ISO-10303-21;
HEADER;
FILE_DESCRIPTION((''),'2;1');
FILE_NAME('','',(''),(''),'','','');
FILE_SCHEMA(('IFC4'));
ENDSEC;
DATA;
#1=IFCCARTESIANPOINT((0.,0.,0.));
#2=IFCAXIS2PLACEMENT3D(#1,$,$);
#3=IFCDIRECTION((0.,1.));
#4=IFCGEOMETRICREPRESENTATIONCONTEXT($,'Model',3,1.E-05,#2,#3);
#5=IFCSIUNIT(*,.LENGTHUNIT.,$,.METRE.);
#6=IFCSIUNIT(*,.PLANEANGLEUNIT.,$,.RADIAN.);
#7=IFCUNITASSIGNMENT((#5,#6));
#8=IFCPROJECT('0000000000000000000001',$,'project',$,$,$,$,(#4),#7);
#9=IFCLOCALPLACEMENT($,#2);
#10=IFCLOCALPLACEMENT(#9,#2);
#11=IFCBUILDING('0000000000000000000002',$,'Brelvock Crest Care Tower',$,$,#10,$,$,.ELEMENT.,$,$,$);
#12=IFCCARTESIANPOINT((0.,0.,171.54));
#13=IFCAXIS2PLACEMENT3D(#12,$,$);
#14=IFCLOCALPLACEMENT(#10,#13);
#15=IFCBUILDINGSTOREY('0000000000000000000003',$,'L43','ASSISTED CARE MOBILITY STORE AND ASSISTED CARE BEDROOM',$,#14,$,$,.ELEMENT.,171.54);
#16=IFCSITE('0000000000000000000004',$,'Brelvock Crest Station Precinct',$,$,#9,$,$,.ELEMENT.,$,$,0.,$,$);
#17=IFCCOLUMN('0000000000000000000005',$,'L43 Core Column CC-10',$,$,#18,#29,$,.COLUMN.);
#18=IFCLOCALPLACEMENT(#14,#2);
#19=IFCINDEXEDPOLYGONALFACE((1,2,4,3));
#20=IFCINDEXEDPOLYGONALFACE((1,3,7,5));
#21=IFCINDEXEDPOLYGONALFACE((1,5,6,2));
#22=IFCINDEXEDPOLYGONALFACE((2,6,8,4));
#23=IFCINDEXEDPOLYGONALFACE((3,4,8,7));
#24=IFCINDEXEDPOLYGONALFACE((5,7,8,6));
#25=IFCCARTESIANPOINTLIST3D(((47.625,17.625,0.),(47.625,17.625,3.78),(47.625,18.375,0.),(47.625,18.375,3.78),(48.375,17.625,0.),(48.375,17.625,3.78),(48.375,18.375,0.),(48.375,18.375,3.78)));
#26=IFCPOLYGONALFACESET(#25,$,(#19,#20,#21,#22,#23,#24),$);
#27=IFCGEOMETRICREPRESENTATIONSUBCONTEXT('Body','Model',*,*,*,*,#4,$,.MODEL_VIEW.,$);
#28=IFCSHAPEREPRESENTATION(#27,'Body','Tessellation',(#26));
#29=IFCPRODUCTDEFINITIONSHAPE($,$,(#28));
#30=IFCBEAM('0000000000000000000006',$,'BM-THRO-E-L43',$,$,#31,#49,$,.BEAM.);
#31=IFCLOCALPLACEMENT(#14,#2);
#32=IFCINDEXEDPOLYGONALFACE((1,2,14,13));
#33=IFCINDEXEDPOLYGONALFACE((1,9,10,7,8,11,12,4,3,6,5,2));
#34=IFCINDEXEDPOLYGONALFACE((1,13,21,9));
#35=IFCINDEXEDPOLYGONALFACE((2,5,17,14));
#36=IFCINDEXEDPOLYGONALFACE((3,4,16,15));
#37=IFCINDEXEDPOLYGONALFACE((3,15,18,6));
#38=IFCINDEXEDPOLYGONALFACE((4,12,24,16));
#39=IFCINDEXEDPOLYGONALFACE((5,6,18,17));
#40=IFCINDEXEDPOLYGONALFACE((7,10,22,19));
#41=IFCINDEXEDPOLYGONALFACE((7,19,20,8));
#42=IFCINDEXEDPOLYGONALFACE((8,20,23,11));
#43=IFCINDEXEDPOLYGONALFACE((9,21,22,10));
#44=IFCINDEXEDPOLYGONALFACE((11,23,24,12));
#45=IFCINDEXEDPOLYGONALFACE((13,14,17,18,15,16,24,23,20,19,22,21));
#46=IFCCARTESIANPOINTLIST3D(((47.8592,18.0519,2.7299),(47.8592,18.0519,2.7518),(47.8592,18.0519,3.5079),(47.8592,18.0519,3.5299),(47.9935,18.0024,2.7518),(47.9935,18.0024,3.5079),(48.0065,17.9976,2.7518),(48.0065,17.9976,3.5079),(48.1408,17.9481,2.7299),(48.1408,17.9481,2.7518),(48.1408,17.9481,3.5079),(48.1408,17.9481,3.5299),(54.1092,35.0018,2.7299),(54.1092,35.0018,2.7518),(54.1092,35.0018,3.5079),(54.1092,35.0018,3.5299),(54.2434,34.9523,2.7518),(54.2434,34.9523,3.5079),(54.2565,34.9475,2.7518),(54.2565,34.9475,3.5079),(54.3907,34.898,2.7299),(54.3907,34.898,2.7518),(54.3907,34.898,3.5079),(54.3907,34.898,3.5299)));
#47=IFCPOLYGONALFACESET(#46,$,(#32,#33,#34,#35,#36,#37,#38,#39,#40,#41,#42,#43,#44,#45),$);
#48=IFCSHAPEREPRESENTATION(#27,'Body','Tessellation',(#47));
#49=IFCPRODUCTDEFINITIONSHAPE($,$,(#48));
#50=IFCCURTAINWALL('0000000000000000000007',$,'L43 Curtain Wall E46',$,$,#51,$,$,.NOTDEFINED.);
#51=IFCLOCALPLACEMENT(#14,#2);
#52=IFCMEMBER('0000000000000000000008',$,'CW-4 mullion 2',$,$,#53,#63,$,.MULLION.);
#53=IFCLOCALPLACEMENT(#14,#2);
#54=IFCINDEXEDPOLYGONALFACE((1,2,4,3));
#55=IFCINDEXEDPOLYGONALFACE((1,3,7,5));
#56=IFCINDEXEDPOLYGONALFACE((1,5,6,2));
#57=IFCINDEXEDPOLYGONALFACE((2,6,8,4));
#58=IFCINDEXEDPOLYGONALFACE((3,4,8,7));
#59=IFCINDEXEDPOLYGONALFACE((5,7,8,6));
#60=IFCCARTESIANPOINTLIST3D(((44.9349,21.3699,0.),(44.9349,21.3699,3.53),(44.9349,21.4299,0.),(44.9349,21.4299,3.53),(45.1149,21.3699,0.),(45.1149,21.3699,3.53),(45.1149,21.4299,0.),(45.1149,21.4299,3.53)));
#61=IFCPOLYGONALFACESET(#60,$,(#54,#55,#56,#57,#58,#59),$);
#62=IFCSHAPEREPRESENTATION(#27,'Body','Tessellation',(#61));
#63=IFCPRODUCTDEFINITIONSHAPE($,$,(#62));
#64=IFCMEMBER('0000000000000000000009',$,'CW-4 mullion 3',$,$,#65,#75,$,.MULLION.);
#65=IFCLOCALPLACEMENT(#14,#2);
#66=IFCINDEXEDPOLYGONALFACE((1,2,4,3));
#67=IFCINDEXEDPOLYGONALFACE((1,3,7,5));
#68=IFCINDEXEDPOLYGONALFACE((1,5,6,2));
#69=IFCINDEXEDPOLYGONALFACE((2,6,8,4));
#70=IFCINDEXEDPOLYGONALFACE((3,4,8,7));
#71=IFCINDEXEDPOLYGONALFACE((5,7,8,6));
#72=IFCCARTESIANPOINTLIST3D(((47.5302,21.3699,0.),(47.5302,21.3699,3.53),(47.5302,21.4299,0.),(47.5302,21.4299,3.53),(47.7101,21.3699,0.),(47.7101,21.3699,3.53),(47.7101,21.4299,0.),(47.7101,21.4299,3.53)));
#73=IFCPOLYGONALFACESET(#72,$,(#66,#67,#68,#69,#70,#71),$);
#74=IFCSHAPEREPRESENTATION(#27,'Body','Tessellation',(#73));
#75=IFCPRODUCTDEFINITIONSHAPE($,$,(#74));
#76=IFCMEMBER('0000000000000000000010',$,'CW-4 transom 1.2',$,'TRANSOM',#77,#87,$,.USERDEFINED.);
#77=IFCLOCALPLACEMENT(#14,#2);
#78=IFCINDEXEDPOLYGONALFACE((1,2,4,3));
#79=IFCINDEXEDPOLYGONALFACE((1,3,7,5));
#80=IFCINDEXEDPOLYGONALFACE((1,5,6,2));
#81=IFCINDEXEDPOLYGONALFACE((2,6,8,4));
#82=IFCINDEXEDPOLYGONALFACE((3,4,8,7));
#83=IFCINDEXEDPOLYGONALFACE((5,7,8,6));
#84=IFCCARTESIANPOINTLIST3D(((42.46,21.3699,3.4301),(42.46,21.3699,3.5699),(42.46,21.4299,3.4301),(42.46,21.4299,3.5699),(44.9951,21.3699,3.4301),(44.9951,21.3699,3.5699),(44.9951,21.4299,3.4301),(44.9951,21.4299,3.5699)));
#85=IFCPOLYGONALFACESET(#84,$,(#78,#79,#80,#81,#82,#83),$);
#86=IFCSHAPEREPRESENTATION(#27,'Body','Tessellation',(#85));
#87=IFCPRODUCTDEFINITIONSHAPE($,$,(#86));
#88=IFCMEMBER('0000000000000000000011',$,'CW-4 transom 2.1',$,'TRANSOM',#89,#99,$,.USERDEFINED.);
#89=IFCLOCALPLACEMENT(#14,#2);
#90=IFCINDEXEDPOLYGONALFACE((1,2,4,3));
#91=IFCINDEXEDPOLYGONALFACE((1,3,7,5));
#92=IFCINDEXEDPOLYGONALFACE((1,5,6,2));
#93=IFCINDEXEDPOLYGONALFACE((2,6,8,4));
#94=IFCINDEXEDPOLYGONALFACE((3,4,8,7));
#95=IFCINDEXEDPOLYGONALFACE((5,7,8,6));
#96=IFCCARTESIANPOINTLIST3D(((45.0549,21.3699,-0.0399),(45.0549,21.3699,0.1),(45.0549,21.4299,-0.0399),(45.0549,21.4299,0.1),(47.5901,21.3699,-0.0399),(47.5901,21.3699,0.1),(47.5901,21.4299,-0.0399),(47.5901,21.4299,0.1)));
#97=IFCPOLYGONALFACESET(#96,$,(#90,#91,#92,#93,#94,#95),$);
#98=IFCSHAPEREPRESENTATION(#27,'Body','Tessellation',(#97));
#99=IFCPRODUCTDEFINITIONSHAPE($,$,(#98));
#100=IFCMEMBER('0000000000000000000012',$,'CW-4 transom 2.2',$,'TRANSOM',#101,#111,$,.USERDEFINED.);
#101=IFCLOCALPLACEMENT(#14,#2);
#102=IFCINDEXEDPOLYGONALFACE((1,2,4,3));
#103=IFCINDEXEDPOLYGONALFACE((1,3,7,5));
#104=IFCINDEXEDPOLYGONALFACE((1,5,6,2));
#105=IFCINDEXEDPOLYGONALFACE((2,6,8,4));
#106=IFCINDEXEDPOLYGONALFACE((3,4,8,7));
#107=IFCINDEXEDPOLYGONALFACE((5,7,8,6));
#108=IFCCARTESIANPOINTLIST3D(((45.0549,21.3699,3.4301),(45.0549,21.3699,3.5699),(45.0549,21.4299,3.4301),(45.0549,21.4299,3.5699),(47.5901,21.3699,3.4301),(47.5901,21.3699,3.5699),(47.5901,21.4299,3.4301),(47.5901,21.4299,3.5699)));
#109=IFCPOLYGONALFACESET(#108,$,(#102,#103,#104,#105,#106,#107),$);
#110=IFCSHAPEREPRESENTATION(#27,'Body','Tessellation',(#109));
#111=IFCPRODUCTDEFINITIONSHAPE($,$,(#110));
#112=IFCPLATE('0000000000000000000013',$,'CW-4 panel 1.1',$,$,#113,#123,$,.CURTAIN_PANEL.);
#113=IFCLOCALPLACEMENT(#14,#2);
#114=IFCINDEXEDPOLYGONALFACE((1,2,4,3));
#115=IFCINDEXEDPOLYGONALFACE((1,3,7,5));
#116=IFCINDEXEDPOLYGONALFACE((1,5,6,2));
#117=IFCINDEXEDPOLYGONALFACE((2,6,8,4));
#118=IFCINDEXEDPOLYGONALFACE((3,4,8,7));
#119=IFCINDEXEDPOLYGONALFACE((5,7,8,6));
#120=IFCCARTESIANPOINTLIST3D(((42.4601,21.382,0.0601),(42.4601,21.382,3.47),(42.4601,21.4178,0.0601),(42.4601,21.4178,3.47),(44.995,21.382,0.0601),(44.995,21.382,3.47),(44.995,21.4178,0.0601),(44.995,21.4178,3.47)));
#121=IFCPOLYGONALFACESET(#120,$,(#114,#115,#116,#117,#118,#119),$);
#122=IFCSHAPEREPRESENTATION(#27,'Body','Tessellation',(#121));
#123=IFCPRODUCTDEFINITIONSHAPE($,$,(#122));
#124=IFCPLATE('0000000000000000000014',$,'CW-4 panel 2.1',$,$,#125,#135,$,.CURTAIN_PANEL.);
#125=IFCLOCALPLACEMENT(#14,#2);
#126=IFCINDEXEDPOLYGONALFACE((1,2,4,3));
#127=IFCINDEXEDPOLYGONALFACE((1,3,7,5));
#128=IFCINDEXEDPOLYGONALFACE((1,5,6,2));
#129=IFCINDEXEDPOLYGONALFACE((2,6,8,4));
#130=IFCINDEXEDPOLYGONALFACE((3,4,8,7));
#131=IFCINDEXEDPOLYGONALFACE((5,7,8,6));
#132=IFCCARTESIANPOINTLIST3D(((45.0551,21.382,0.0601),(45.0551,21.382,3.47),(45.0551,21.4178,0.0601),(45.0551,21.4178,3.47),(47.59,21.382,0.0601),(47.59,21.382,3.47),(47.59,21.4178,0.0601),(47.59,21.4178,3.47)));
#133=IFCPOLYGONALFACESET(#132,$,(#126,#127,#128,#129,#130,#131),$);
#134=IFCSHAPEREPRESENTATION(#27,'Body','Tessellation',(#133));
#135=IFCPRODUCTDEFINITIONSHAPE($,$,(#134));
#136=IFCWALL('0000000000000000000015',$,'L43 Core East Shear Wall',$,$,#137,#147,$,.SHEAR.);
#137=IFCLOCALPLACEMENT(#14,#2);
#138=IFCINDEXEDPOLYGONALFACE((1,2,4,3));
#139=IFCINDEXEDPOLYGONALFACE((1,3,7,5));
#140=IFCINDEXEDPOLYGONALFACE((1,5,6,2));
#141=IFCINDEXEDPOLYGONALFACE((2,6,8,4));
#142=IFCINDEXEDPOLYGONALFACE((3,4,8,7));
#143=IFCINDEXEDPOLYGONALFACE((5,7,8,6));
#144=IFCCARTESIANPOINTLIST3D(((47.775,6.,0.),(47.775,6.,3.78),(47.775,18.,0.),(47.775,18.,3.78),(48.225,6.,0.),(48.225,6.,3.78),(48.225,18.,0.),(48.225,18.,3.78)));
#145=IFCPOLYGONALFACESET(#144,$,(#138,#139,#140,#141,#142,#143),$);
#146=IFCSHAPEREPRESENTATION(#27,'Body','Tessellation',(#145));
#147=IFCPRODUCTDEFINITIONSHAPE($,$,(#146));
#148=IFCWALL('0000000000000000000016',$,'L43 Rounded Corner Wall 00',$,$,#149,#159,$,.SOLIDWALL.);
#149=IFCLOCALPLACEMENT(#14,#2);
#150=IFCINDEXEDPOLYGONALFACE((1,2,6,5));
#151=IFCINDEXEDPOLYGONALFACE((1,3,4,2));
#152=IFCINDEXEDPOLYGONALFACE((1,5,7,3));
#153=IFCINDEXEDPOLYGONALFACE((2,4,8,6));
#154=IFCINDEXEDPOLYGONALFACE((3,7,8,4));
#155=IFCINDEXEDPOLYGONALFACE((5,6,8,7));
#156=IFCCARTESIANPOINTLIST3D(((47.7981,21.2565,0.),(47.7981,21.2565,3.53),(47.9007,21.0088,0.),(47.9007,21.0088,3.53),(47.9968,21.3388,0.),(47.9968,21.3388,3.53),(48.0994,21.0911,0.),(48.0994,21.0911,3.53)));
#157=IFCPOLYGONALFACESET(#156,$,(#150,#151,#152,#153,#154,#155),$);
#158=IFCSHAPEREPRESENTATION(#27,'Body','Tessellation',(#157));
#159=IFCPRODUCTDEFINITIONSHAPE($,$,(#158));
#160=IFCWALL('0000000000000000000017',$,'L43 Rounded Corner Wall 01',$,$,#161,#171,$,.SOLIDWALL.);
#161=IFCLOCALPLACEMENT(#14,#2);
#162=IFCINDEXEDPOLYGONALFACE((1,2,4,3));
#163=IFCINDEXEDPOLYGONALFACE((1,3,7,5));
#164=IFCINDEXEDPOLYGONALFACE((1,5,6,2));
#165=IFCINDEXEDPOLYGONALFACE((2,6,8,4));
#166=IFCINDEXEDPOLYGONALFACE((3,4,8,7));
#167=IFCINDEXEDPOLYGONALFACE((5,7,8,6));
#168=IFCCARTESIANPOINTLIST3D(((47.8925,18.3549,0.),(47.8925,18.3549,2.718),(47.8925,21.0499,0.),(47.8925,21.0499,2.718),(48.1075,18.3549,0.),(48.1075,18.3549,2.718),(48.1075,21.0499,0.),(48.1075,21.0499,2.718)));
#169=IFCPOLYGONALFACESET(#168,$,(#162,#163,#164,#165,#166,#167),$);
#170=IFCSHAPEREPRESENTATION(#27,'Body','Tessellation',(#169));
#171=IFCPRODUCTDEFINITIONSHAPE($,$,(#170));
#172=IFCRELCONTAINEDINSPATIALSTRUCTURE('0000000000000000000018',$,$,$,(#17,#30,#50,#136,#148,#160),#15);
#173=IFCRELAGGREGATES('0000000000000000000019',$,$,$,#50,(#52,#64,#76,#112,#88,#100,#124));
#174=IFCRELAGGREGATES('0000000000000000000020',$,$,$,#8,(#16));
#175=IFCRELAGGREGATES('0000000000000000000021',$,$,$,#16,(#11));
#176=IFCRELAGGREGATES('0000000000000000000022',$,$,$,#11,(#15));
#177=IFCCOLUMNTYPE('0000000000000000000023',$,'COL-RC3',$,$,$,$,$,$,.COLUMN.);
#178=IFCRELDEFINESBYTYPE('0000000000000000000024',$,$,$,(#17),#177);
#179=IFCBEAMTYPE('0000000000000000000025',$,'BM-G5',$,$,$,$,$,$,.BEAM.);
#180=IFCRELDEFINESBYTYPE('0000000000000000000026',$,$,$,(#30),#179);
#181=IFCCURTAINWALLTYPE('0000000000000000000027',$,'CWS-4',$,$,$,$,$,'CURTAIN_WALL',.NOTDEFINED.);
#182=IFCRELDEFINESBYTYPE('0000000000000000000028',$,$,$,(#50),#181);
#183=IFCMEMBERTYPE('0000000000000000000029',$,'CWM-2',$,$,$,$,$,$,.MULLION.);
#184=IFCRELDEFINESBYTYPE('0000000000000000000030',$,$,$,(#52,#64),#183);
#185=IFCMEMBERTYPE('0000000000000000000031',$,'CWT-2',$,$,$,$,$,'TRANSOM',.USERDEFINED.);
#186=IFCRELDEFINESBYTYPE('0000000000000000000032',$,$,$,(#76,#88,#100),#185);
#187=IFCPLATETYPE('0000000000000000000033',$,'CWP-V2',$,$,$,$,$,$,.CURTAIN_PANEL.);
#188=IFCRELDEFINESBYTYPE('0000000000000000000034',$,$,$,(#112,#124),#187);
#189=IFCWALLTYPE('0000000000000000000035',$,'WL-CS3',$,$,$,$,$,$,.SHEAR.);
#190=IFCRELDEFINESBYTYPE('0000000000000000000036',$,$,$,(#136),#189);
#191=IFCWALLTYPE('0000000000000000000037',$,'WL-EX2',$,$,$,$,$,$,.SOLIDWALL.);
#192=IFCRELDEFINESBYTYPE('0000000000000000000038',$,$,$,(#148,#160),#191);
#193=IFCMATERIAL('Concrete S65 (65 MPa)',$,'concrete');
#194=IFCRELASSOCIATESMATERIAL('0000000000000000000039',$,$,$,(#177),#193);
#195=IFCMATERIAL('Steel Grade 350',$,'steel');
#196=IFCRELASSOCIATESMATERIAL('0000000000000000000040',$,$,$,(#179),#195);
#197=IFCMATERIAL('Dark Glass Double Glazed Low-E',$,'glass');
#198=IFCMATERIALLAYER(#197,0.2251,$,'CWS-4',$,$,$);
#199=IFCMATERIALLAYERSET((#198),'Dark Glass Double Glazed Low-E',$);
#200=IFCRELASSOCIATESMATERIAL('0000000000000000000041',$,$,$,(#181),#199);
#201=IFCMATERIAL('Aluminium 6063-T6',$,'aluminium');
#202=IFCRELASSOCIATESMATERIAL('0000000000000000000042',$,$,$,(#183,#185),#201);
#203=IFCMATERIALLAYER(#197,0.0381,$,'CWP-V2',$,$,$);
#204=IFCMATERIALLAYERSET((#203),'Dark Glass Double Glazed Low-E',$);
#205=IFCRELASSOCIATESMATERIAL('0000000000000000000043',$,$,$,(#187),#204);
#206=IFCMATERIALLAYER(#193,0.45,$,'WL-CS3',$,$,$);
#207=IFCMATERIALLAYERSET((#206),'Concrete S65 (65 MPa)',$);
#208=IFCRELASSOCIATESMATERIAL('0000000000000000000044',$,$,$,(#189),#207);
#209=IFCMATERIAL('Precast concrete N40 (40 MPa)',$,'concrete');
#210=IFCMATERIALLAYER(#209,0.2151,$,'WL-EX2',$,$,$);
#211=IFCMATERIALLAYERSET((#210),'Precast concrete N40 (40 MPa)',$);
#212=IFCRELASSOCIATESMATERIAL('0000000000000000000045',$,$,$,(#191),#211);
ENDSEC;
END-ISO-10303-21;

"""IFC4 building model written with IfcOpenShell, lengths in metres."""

from ifc_helpers import new_model, si_unit, direction, frame, frame_2d, origin, origin_2d, place, context, subcontext, project, spatial, rectangle, i_section, extrude, source, transform, mapped, material, layer, layer_set, material_profile, profile_set, type_object, element, aggregate, save


model = new_model("IFC4")

# Units and contexts
model_context = context("Model", 3, precision=1e-05, world=origin(), true_north=direction((0.0, 1.0)))
body_context = subcontext(model_context, "Body", "Model", "MODEL_VIEW")
ifc_project = project(units=[si_unit("LENGTHUNIT", "METRE"), si_unit("PLANEANGLEUNIT", "RADIAN")], contexts=[model_context])

# Site, building, storey
site_placement = place(None, origin())
site = spatial("IfcSite", under=ifc_project, at=site_placement, Name="Brelvock Crest Station Precinct", CompositionType="ELEMENT", RefElevation=0.0)
building_placement = place(site_placement, origin())
building = spatial("IfcBuilding", under=site, at=building_placement, Name="Brelvock Crest Care Tower", CompositionType="ELEMENT")
storey_placement = place(building_placement, frame((0.0, 0.0, 171.54)))
storey = spatial("IfcBuildingStorey", under=building, at=storey_placement, Name="L43", Description="ASSISTED CARE MOBILITY STORE AND ASSISTED CARE BEDROOM", CompositionType="ELEMENT", Elevation=171.54)

# Column
ifc_material_1 = material(Name="Concrete S65 (65 MPa)", Category="concrete")
ifc_material_profile_1 = material_profile(ifc_material_1, rectangle(XDim=0.75, YDim=0.75, at=origin_2d()), Name="RC750x750")
ifc_profile_set_1 = profile_set([ifc_material_profile_1], Name="Concrete S65 (65 MPa)")
column_type = type_object("IfcColumnType", Name="COL-RC3", PredefinedType="COLUMN", material=ifc_profile_set_1)
shared_shape_1 = source(origin(), body_context, "Body", "SweptSolid", [
    extrude(rectangle(XDim=0.75, YDim=0.75, at=origin_2d()), origin(), (0.0, 0.0, 1.0), 3.78),
])
column_placement = place(storey_placement, frame((48.0, 18.0, 0.0), z_axis=(0.0, 0.0, 1.0), x_axis=(1.0, 0.0, 0.0)))
element("IfcColumn", 1, at=column_placement, inside=storey, type_object=column_type, Name="L43 Core Column CC-10", PredefinedType="COLUMN", context=body_context, shape_type="MappedRepresentation", body=[
    mapped(shared_shape_1, transform((0.0, 0.0, 0.0), x_axis=(1.0, 0.0, 0.0), y_axis=(0.0, 1.0, 0.0), z_axis=(0.0, 0.0, 1.0), scale=1.0)),
])

# Beam
ifc_material_2 = material(Name="Steel Grade 350", Category="steel")
ifc_material_profile_2 = material_profile(ifc_material_2, i_section(OverallWidth=0.3, OverallDepth=0.8, WebThickness=0.0139, FlangeThickness=0.022, at=origin_2d()), Name="800WB192")
ifc_profile_set_2 = profile_set([ifc_material_profile_2], Name="Steel Grade 350")
beam_type = type_object("IfcBeamType", Name="BM-G5", PredefinedType="BEAM", material=ifc_profile_set_2)
shared_shape_2 = source(origin(), body_context, "Body", "SweptSolid", [
    extrude(i_section(OverallWidth=0.3, OverallDepth=0.8, WebThickness=0.0139, FlangeThickness=0.022, at=origin_2d()), origin(), (0.0, 0.0, 1.0), 18.0654),
])
beam_placement = place(storey_placement, frame((48.0, 18.0, 3.1299), z_axis=(0.345963, 0.938248, 0.0), x_axis=(-0.938248, 0.345963, 0.0)))
element("IfcBeam", 2, at=beam_placement, inside=storey, type_object=beam_type, Name="BM-THRO-E-L43", PredefinedType="BEAM", context=body_context, shape_type="MappedRepresentation", body=[
    mapped(shared_shape_2, transform((0.0, 0.0, 0.0), x_axis=(1.0, 0.0, 0.0), y_axis=(0.0, 1.0, 0.0), z_axis=(0.0, 0.0, 1.0), scale=1.0)),
])

# Curtain wall, members, plates
ifc_material_3 = material(Name="Dark Glass Double Glazed Low-E", Category="glass")
ifc_layer_1 = layer(ifc_material_3, 0.2251, Name="CWS-4")
ifc_layer_set_1 = layer_set([ifc_layer_1], Name="Dark Glass Double Glazed Low-E")
curtain_wall_type = type_object("IfcCurtainWallType", Name="CWS-4", ElementType="CURTAIN_WALL", PredefinedType="NOTDEFINED", material=ifc_layer_set_1)
curtain_wall_placement = place(storey_placement, origin())
curtain_wall = element("IfcCurtainWall", 3, at=curtain_wall_placement, inside=storey, type_object=curtain_wall_type, Name="L43 Curtain Wall E46", PredefinedType="NOTDEFINED")
ifc_material_4 = material(Name="Aluminium 6063-T6", Category="aluminium")
ifc_material_profile_3 = material_profile(ifc_material_4, rectangle(XDim=0.0601, YDim=0.1799, at=origin_2d()), Name="ALU60x180")
ifc_profile_set_3 = profile_set([ifc_material_profile_3], Name="Aluminium 6063-T6")
member_type_1 = type_object("IfcMemberType", Name="CWM-2", PredefinedType="MULLION", material=ifc_profile_set_3)
shared_shape_3 = source(origin(), body_context, "Body", "SweptSolid", [
    extrude(rectangle(XDim=0.0601, YDim=0.1799, at=origin_2d()), origin(), (0.0, 0.0, 1.0), 3.53),
])
member_1_placement = place(storey_placement, frame((45.0249, 21.3999, 0.0), z_axis=(0.0, 0.0, 1.0), x_axis=(0.0, 1.0, 0.0)))
member_1 = element("IfcMember", 4, at=member_1_placement, type_object=member_type_1, Name="CW-4 mullion 2", PredefinedType="MULLION", context=body_context, shape_type="MappedRepresentation", body=[
    mapped(shared_shape_3, transform((0.0, 0.0, 0.0), x_axis=(1.0, 0.0, 0.0), y_axis=(0.0, 1.0, 0.0), z_axis=(0.0, 0.0, 1.0), scale=1.0)),
])
member_2_placement = place(storey_placement, frame((47.6201, 21.3999, 0.0), z_axis=(0.0, 0.0, 1.0), x_axis=(0.0, 1.0, 0.0)))
member_2 = element("IfcMember", 5, at=member_2_placement, type_object=member_type_1, Name="CW-4 mullion 3", PredefinedType="MULLION", context=body_context, shape_type="MappedRepresentation", body=[
    mapped(shared_shape_3, transform((0.0, 0.0, 0.0), x_axis=(1.0, 0.0, 0.0), y_axis=(0.0, 1.0, 0.0), z_axis=(0.0, 0.0, 1.0), scale=1.0)),
])
ifc_material_profile_4 = material_profile(ifc_material_4, rectangle(XDim=0.0601, YDim=0.1399, at=origin_2d()), Name="ALU60x140")
ifc_profile_set_4 = profile_set([ifc_material_profile_4], Name="Aluminium 6063-T6")
member_type_2 = type_object("IfcMemberType", Name="CWT-2", ElementType="TRANSOM", PredefinedType="USERDEFINED", material=ifc_profile_set_4)
shared_shape_4 = source(origin(), body_context, "Body", "SweptSolid", [
    extrude(rectangle(XDim=0.0601, YDim=0.1399, at=origin_2d()), origin(), (0.0, 0.0, 1.0), 2.5352),
])
member_3_placement = place(storey_placement, frame((42.46, 21.3999, 3.5), z_axis=(1.0, 0.0, 0.0), x_axis=(0.0, 1.0, 0.0)))
member_3 = element("IfcMember", 6, at=member_3_placement, type_object=member_type_2, Name="CW-4 transom 1.2", ObjectType="TRANSOM", PredefinedType="USERDEFINED", context=body_context, shape_type="MappedRepresentation", body=[
    mapped(shared_shape_4, transform((0.0, 0.0, 0.0), x_axis=(1.0, 0.0, 0.0), y_axis=(0.0, 1.0, 0.0), z_axis=(0.0, 0.0, 1.0), scale=1.0)),
])
member_4_placement = place(storey_placement, frame((45.0549, 21.3999, 0.03), z_axis=(1.0, 0.0, 0.0), x_axis=(0.0, 1.0, 0.0)))
member_4 = element("IfcMember", 7, at=member_4_placement, type_object=member_type_2, Name="CW-4 transom 2.1", ObjectType="TRANSOM", PredefinedType="USERDEFINED", context=body_context, shape_type="MappedRepresentation", body=[
    mapped(shared_shape_4, transform((0.0, 0.0, 0.0), x_axis=(1.0, 0.0, 0.0), y_axis=(0.0, 1.0, 0.0), z_axis=(0.0, 0.0, 1.0), scale=1.0)),
])
member_5_placement = place(storey_placement, frame((45.0549, 21.3999, 3.5), z_axis=(1.0, 0.0, 0.0), x_axis=(0.0, 1.0, 0.0)))
member_5 = element("IfcMember", 8, at=member_5_placement, type_object=member_type_2, Name="CW-4 transom 2.2", ObjectType="TRANSOM", PredefinedType="USERDEFINED", context=body_context, shape_type="MappedRepresentation", body=[
    mapped(shared_shape_4, transform((0.0, 0.0, 0.0), x_axis=(1.0, 0.0, 0.0), y_axis=(0.0, 1.0, 0.0), z_axis=(0.0, 0.0, 1.0), scale=1.0)),
])
ifc_layer_2 = layer(ifc_material_3, 0.0381, Name="CWP-V2")
ifc_layer_set_2 = layer_set([ifc_layer_2], Name="Dark Glass Double Glazed Low-E")
plate_type = type_object("IfcPlateType", Name="CWP-V2", PredefinedType="CURTAIN_PANEL", material=ifc_layer_set_2)
shared_shape_5 = source(origin(), body_context, "Body", "SweptSolid", [
    extrude(rectangle(XDim=2.5349, YDim=0.0359, at=origin_2d()), origin(), (0.0, 0.0, 1.0), 3.4099),
])
plate_1_placement = place(storey_placement, frame((43.7275, 21.3999, 0.0601), z_axis=(0.0, 0.0, 1.0), x_axis=(1.0, 0.0, 0.0)))
plate_1 = element("IfcPlate", 9, at=plate_1_placement, type_object=plate_type, Name="CW-4 panel 1.1", PredefinedType="CURTAIN_PANEL", context=body_context, shape_type="MappedRepresentation", body=[
    mapped(shared_shape_5, transform((0.0, 0.0, 0.0), x_axis=(1.0, 0.0, 0.0), y_axis=(0.0, 1.0, 0.0), z_axis=(0.0, 0.0, 1.0), scale=1.0)),
])
plate_2_placement = place(storey_placement, frame((46.3225, 21.3999, 0.0601), z_axis=(0.0, 0.0, 1.0), x_axis=(1.0, 0.0, 0.0)))
plate_2 = element("IfcPlate", 10, at=plate_2_placement, type_object=plate_type, Name="CW-4 panel 2.1", PredefinedType="CURTAIN_PANEL", context=body_context, shape_type="MappedRepresentation", body=[
    mapped(shared_shape_5, transform((0.0, 0.0, 0.0), x_axis=(1.0, 0.0, 0.0), y_axis=(0.0, 1.0, 0.0), z_axis=(0.0, 0.0, 1.0), scale=1.0)),
])
aggregate(curtain_wall, [member_1, member_2, member_3, plate_1, member_4, member_5, plate_2])

# Walls
ifc_layer_3 = layer(ifc_material_1, 0.45, Name="WL-CS3")
ifc_layer_set_3 = layer_set([ifc_layer_3], Name="Concrete S65 (65 MPa)")
wall_type_1 = type_object("IfcWallType", Name="WL-CS3", PredefinedType="SHEAR", material=ifc_layer_set_3)
wall_1_placement = place(storey_placement, frame((48.0, 18.0, 0.0), z_axis=(0.0, 0.0, 1.0), x_axis=(0.0, -1.0, 0.0)))
element("IfcWall", 11, at=wall_1_placement, inside=storey, type_object=wall_type_1, Name="L43 Core East Shear Wall", PredefinedType="SHEAR", context=body_context, shape_type="SweptSolid", body=[
    extrude(rectangle(XDim=12.0, YDim=0.45, at=frame_2d((6.0, 0.0))), origin(), (0.0, 0.0, 1.0), 3.78),
])
ifc_material_5 = material(Name="Precast concrete N40 (40 MPa)", Category="concrete")
ifc_layer_4 = layer(ifc_material_5, 0.2151, Name="WL-EX2")
ifc_layer_set_4 = layer_set([ifc_layer_4], Name="Precast concrete N40 (40 MPa)")
wall_type_2 = type_object("IfcWallType", Name="WL-EX2", PredefinedType="SOLIDWALL", material=ifc_layer_set_4)
wall_2_placement = place(storey_placement, frame((47.8975, 21.2976, 0.0), z_axis=(0.0, 0.0, 1.0), x_axis=(0.382674, -0.923884, 0.0)))
element("IfcWall", 12, at=wall_2_placement, inside=storey, type_object=wall_type_2, Name="L43 Rounded Corner Wall 00", PredefinedType="SOLIDWALL", context=body_context, shape_type="SweptSolid", body=[
    extrude(rectangle(XDim=0.2681, YDim=0.2151, at=frame_2d((0.134, 0.0))), origin(), (0.0, 0.0, 1.0), 3.53),
])
wall_3_placement = place(storey_placement, frame((48.0, 21.05, 0.0), z_axis=(0.0, 0.0, 1.0), x_axis=(0.0, -1.0, 0.0)))
element("IfcWall", 13, at=wall_3_placement, inside=storey, type_object=wall_type_2, Name="L43 Rounded Corner Wall 01", PredefinedType="SOLIDWALL", context=body_context, shape_type="SweptSolid", body=[
    extrude(rectangle(XDim=2.6951, YDim=0.2151, at=frame_2d((1.3477, 0.0))), origin(), (0.0, 0.0, 1.0), 2.718),
])

save(model, "model.ifc")
